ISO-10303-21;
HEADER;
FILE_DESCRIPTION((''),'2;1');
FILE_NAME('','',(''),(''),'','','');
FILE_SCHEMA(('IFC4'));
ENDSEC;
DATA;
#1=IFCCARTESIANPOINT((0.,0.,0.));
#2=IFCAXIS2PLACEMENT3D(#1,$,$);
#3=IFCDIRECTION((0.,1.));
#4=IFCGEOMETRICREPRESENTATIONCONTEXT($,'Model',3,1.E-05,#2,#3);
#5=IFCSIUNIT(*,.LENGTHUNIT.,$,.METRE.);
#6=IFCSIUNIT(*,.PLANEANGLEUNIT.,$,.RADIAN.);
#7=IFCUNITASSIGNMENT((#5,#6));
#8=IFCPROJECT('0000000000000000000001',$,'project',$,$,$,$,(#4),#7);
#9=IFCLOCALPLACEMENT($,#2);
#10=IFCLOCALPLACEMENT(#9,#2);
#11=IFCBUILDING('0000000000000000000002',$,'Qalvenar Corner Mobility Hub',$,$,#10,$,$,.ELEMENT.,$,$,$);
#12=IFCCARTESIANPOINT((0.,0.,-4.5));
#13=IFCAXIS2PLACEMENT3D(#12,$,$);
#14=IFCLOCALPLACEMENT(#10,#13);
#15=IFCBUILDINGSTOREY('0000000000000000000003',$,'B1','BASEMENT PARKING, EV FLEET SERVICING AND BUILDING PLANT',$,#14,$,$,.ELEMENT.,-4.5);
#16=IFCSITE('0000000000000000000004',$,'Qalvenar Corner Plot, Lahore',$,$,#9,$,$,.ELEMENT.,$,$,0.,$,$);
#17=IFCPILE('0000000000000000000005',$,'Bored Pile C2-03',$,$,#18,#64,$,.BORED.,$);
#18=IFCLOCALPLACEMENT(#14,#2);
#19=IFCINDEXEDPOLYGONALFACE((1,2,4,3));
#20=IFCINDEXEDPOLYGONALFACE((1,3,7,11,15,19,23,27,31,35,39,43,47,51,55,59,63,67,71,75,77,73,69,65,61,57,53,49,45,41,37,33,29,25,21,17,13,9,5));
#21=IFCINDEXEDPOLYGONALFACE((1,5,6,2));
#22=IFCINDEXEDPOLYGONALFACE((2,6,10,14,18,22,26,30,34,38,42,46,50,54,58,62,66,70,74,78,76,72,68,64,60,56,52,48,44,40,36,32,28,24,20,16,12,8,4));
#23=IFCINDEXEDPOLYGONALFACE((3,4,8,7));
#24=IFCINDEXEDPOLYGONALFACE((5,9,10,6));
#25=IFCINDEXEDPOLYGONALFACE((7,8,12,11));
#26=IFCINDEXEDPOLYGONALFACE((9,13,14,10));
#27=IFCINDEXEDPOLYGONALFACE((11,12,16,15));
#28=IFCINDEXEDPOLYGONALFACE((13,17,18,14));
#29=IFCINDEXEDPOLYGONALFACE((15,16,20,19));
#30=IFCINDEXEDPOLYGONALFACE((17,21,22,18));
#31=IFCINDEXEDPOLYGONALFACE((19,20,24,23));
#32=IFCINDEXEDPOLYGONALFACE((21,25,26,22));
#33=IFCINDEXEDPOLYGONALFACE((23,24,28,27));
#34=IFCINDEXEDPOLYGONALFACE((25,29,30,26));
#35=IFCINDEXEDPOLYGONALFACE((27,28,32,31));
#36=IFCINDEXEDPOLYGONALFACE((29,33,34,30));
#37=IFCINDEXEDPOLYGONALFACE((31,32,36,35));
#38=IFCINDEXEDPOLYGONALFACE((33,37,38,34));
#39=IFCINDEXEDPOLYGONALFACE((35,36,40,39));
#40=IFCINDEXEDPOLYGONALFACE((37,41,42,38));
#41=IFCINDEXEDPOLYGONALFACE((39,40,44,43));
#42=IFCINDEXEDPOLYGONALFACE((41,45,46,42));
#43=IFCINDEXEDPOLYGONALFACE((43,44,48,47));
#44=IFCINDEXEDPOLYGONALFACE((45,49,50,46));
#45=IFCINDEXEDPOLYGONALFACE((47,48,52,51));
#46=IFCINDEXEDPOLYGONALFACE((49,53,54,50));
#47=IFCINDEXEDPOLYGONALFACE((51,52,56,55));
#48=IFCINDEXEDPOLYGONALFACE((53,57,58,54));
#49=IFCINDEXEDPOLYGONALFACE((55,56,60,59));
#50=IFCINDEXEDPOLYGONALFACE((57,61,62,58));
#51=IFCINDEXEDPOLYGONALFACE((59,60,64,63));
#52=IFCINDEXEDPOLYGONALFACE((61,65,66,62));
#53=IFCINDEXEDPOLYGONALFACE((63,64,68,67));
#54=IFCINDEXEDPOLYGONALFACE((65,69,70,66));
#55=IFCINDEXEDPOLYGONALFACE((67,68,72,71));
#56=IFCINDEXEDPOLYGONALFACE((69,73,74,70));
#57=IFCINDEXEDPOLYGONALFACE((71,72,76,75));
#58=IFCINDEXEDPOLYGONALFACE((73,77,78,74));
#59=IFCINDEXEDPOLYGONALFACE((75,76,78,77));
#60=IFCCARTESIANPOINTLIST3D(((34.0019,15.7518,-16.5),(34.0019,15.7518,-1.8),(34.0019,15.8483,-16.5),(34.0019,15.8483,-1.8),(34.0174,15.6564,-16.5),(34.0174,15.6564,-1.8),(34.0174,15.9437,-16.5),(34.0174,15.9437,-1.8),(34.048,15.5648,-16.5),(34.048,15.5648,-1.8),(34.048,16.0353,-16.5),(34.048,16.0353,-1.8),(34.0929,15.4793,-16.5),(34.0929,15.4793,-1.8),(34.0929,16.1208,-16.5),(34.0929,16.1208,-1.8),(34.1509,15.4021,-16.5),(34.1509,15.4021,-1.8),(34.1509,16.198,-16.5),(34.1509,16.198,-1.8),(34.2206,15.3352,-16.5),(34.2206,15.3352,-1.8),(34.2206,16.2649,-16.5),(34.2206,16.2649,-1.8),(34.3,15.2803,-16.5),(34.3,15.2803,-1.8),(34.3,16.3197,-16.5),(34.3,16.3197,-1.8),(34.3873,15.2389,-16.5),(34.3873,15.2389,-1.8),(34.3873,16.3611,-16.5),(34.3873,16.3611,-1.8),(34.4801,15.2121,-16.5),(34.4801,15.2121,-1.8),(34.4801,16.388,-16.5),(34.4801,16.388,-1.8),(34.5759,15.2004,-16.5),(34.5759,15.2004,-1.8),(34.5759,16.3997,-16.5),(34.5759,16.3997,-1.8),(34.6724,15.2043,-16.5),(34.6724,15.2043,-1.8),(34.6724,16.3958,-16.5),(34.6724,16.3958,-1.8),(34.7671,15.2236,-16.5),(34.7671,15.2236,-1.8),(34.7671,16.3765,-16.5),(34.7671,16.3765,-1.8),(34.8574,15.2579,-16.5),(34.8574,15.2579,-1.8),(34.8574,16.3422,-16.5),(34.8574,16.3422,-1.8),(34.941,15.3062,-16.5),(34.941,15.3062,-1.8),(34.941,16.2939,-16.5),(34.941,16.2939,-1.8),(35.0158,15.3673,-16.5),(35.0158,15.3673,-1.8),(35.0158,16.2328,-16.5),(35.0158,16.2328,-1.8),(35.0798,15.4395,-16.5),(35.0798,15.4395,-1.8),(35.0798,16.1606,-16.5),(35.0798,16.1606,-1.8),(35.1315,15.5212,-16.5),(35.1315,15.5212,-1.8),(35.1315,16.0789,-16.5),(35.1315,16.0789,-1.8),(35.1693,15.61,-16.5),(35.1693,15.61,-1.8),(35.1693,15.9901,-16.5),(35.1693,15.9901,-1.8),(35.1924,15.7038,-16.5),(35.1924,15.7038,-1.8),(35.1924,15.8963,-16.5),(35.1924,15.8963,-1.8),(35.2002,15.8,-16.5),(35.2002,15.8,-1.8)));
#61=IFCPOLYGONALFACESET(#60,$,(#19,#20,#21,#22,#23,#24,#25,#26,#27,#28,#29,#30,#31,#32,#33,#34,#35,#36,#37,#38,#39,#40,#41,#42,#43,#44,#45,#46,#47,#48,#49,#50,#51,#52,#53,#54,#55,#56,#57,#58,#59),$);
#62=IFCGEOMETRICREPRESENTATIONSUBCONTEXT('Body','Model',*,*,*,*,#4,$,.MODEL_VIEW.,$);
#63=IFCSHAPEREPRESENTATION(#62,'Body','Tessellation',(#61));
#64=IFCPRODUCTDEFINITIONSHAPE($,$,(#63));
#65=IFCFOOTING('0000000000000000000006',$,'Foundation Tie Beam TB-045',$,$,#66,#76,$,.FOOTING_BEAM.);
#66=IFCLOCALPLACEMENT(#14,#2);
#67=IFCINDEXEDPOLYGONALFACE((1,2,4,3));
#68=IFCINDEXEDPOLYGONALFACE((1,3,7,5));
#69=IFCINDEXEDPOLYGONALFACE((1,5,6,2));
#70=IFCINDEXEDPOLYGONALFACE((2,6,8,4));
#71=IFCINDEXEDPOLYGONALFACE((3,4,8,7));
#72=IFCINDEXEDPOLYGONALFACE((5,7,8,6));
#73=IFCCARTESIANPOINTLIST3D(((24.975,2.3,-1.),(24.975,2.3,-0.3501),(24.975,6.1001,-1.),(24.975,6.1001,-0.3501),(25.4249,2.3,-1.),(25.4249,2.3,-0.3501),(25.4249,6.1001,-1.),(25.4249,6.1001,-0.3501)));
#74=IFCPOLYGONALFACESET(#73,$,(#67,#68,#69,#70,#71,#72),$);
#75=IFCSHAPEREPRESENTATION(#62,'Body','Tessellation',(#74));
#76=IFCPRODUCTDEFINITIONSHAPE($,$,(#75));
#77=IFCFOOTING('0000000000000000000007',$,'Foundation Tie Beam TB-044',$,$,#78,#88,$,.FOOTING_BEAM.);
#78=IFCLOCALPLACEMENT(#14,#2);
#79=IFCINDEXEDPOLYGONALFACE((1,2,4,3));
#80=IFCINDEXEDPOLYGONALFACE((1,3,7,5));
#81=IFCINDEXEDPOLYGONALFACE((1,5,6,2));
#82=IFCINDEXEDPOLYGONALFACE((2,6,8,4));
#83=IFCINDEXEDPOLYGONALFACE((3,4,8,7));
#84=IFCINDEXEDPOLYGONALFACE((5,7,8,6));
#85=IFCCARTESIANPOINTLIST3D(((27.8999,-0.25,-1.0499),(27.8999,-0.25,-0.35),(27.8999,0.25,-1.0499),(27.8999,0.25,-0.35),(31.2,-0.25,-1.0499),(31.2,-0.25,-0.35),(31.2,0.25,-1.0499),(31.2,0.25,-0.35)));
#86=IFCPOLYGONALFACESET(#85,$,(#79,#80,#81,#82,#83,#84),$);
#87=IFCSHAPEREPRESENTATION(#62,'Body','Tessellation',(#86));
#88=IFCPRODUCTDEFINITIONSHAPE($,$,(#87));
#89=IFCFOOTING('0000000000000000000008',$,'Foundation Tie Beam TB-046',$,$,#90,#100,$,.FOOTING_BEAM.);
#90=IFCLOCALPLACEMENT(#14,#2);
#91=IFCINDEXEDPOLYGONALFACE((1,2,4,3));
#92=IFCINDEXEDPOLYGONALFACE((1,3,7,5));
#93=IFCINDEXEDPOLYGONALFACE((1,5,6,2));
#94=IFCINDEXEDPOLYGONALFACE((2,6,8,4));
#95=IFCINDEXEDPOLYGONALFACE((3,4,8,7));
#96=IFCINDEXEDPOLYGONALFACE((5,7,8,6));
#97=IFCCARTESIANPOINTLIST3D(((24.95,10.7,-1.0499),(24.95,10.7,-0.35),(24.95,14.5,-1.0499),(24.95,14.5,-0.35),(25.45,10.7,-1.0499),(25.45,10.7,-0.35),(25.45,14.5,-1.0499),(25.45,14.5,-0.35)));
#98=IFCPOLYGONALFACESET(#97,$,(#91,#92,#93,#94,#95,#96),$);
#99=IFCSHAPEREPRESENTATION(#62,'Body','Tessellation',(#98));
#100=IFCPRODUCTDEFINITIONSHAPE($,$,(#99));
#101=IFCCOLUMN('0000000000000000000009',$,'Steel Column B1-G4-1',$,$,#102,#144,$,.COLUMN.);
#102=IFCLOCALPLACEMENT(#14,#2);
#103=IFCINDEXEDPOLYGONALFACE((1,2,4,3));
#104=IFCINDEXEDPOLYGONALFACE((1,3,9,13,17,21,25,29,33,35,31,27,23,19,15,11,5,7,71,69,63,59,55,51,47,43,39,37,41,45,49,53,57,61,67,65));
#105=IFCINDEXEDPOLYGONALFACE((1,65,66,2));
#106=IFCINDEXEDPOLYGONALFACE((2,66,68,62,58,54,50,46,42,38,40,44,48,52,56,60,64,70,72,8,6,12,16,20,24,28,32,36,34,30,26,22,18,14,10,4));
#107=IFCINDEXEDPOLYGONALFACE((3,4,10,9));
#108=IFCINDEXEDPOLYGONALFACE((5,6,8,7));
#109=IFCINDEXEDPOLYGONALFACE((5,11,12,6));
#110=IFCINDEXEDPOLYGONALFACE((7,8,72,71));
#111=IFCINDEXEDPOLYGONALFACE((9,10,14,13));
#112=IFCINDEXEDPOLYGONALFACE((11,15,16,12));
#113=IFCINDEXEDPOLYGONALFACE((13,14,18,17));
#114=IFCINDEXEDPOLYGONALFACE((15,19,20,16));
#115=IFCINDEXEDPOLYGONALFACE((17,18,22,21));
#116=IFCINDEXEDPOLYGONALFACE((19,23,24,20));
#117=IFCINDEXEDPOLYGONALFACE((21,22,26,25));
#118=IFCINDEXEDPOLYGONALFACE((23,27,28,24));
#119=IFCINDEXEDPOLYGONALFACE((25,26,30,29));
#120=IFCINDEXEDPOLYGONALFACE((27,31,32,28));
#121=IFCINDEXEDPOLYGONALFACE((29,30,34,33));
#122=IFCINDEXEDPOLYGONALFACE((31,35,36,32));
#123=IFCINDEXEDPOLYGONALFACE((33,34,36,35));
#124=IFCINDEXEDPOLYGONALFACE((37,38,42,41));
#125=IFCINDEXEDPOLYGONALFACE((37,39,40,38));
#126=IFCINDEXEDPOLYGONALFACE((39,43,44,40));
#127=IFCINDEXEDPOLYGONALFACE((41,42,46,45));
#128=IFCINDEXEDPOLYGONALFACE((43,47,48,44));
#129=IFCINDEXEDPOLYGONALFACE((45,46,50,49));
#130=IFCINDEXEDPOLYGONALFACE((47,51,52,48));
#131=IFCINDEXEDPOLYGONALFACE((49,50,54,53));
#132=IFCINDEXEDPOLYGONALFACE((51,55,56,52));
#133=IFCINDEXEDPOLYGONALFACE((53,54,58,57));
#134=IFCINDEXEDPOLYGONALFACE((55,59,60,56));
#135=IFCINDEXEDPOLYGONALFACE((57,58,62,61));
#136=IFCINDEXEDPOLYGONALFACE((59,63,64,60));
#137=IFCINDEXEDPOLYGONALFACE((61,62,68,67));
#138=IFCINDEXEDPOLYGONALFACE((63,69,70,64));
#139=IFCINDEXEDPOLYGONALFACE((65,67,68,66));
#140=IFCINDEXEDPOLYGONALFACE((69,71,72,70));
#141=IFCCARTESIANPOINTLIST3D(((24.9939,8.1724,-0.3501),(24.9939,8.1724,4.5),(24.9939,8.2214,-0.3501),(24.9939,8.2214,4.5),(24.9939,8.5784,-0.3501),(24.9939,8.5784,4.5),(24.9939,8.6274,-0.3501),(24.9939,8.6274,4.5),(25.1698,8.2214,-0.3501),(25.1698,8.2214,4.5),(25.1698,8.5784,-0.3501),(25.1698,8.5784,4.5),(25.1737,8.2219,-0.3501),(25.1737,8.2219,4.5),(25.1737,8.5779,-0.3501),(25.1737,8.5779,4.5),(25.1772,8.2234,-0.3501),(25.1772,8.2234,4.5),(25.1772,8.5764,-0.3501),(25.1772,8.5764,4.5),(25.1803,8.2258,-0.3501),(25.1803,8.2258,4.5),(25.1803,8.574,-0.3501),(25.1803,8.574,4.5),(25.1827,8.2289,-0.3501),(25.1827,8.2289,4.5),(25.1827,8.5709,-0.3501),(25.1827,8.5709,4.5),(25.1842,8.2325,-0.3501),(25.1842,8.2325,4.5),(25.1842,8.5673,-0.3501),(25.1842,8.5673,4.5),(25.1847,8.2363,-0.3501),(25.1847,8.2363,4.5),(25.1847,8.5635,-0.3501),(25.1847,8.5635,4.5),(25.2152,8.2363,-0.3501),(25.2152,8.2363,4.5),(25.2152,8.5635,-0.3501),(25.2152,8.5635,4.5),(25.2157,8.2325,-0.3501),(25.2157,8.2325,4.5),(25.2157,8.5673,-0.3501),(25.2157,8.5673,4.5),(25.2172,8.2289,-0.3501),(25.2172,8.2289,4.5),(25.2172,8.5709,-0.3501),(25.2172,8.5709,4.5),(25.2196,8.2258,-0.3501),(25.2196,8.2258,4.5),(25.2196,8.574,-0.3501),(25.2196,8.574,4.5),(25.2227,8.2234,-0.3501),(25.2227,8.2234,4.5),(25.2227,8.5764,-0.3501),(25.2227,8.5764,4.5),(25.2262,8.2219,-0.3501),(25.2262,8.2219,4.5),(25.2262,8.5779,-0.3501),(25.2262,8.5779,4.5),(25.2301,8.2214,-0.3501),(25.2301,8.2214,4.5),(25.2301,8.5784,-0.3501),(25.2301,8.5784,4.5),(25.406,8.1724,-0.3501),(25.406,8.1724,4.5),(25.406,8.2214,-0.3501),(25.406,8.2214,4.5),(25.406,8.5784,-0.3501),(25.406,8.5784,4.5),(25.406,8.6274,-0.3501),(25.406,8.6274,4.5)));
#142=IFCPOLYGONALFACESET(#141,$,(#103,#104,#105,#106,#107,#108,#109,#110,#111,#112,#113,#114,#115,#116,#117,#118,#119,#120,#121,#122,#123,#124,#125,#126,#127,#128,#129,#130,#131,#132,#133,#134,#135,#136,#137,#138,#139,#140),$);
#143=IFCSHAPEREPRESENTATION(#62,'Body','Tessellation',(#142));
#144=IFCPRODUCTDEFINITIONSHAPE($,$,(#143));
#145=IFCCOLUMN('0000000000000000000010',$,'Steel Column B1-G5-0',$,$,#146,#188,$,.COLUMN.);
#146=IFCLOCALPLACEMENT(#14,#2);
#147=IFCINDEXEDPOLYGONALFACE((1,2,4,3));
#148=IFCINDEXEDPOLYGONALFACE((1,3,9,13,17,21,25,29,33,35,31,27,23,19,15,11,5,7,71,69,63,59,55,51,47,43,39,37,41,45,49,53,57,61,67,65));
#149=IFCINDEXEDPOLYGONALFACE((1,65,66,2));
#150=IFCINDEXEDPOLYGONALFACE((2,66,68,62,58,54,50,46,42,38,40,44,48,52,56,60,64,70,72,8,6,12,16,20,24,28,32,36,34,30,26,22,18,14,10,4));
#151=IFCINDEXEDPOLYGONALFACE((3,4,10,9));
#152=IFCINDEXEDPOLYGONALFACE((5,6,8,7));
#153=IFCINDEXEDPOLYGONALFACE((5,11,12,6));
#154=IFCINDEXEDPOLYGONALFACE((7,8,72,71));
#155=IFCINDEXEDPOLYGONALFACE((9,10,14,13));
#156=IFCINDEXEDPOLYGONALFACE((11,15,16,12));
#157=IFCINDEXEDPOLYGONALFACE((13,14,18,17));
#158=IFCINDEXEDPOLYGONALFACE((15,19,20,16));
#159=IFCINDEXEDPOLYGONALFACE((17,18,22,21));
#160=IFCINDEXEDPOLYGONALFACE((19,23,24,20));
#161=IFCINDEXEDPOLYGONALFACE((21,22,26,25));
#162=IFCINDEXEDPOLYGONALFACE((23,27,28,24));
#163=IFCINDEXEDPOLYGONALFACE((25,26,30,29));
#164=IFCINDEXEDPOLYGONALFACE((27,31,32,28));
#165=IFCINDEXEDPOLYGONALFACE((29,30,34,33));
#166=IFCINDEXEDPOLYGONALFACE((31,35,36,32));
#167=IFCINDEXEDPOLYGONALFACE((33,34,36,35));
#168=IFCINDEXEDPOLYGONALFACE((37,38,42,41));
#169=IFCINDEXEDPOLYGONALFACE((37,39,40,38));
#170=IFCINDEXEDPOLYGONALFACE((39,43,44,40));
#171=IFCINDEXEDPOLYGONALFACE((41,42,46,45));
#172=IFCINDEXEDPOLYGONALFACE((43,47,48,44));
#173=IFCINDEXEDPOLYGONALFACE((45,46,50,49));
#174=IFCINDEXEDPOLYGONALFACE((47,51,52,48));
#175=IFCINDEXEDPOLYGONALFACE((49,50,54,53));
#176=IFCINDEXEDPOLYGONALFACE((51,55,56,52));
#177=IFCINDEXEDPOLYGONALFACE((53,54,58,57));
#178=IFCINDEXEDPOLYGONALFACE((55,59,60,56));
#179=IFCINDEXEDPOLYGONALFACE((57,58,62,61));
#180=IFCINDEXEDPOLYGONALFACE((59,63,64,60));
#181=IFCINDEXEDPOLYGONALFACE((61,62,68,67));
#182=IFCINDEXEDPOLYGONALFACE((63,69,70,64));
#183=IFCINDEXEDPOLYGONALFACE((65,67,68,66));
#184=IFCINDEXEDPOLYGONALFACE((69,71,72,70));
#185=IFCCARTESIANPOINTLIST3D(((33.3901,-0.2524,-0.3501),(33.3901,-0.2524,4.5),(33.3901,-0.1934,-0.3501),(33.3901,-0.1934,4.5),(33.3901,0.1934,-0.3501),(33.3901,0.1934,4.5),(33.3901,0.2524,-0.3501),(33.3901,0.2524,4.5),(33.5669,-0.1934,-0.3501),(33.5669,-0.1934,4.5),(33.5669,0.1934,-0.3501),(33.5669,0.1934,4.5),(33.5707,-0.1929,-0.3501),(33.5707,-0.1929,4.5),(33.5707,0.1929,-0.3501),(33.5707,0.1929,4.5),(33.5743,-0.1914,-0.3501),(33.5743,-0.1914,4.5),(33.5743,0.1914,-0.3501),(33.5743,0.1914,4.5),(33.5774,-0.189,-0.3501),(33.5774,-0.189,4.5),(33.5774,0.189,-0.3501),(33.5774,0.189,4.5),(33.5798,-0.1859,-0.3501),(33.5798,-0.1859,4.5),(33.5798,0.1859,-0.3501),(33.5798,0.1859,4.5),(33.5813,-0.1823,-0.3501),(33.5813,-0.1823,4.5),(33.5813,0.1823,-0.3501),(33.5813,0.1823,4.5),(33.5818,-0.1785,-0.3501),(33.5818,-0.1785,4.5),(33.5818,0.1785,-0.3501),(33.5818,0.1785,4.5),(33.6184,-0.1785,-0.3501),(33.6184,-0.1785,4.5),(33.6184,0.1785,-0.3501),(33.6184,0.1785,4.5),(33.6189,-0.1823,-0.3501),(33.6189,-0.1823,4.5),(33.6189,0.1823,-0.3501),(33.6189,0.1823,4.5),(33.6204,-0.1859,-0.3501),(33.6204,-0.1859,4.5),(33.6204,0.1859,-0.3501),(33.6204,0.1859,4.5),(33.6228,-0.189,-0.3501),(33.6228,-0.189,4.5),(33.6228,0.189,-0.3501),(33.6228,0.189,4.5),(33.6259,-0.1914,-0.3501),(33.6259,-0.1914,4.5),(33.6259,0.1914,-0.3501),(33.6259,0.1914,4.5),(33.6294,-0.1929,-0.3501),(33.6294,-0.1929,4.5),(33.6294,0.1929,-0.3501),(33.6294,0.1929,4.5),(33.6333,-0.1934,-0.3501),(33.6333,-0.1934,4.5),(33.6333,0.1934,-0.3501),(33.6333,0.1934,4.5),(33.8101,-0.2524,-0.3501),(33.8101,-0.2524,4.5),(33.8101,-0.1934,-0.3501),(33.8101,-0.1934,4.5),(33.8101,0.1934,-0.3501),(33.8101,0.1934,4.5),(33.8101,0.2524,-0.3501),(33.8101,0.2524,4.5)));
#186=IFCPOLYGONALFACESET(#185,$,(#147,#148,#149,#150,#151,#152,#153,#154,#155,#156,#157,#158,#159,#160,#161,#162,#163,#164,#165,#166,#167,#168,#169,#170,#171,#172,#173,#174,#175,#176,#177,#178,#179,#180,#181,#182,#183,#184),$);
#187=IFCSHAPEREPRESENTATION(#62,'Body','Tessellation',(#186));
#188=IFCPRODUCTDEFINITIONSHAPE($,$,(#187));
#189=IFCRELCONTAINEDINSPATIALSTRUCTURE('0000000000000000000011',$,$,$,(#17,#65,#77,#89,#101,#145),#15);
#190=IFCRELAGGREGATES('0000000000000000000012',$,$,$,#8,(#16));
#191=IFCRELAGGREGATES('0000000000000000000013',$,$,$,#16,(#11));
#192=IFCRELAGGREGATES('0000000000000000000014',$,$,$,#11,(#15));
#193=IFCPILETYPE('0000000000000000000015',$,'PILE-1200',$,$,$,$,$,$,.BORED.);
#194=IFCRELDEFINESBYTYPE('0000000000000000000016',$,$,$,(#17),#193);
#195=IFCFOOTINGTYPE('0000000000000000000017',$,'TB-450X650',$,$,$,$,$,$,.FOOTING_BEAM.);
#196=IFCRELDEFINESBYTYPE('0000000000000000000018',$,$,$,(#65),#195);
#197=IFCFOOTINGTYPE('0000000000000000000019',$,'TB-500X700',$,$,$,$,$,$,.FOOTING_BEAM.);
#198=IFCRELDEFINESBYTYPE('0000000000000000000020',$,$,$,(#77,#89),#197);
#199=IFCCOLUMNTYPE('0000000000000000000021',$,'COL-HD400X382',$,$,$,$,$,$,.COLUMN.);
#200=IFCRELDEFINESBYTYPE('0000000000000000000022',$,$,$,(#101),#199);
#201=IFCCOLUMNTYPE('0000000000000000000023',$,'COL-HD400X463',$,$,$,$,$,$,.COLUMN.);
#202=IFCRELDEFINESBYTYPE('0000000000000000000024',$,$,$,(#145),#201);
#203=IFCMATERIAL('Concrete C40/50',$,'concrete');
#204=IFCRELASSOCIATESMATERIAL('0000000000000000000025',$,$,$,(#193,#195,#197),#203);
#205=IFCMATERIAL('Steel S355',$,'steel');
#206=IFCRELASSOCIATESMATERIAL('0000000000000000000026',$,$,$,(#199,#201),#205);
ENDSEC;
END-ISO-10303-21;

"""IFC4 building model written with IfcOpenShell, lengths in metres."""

from ifc_helpers import new_model, si_unit, direction, frame, origin, origin_2d, place, context, subcontext, project, spatial, rectangle, circle, i_section, extrude, material, material_profile, profile_set, type_object, element, save


model = new_model("IFC4")

# Units and contexts
model_context = context("Model", 3, precision=1e-05, world=origin(), true_north=direction((0.0, 1.0)))
body_context = subcontext(model_context, "Body", "Model", "MODEL_VIEW")
ifc_project = project(units=[si_unit("LENGTHUNIT", "METRE"), si_unit("PLANEANGLEUNIT", "RADIAN")], contexts=[model_context])

# Site, building, storey
site_placement = place(None, origin())
site = spatial("IfcSite", under=ifc_project, at=site_placement, Name="Qalvenar Corner Plot, Lahore", CompositionType="ELEMENT", RefElevation=0.0)
building_placement = place(site_placement, origin())
building = spatial("IfcBuilding", under=site, at=building_placement, Name="Qalvenar Corner Mobility Hub", CompositionType="ELEMENT")
storey_placement = place(building_placement, frame((0.0, 0.0, -4.5)))
storey = spatial("IfcBuildingStorey", under=building, at=storey_placement, Name="B1", Description="BASEMENT PARKING, EV FLEET SERVICING AND BUILDING PLANT", CompositionType="ELEMENT", Elevation=-4.5)

# Shared definitions
ifc_material_1 = material(Name="Concrete C40/50", Category="concrete")

# Pile
ifc_material_profile_1 = material_profile(ifc_material_1, circle(Radius=0.6001, at=origin_2d()), Name="DIA1200")
ifc_profile_set_1 = profile_set([ifc_material_profile_1], Name="Concrete C40/50")
pile_type_1 = type_object("IfcPileType", Name="PILE-1200", PredefinedType="BORED", material=ifc_profile_set_1)
for number, where, z_axis, x_axis, name in (
    (1, (34.6001, 15.8, -1.8), (0.0, 0.0, -1.0), (1.0, 0.0, 0.0), "Bored Pile C2-03"),
):
    element("IfcPile", number, at=place(storey_placement, frame(where, z_axis=z_axis, x_axis=x_axis)), inside=storey, type_object=pile_type_1, Name=name, PredefinedType="BORED", context=body_context, shape_type="SweptSolid", body=[
        extrude(circle(Radius=0.6001, at=origin_2d()), origin(), (0.0, 0.0, 1.0), 14.7),
    ])

# Footings
ifc_material_profile_2 = material_profile(ifc_material_1, rectangle(XDim=0.45, YDim=0.6499, at=origin_2d()), Name="RC450x650")
ifc_profile_set_2 = profile_set([ifc_material_profile_2], Name="Concrete C40/50")
footing_type_1 = type_object("IfcFootingType", Name="TB-450X650", PredefinedType="FOOTING_BEAM", material=ifc_profile_set_2)
footing_1_placement = place(storey_placement, frame((25.2, 2.3, -0.675), z_axis=(0.0, 1.0, 0.0), x_axis=(-1.0, 0.0, 0.0)))
element("IfcFooting", 2, at=footing_1_placement, inside=storey, type_object=footing_type_1, Name="Foundation Tie Beam TB-045", PredefinedType="FOOTING_BEAM", context=body_context, shape_type="SweptSolid", body=[
    extrude(rectangle(XDim=0.45, YDim=0.6499, at=origin_2d()), origin(), (0.0, 0.0, 1.0), 3.8),
])
ifc_material_profile_3 = material_profile(ifc_material_1, rectangle(XDim=0.5, YDim=0.7, at=origin_2d()), Name="RC500x700")
ifc_profile_set_3 = profile_set([ifc_material_profile_3], Name="Concrete C40/50")
footing_type_2 = type_object("IfcFootingType", Name="TB-500X700", PredefinedType="FOOTING_BEAM", material=ifc_profile_set_3)
footing_2_placement = place(storey_placement, frame((27.8999, 0.0, -0.7), z_axis=(1.0, 0.0, 0.0), x_axis=(0.0, 1.0, 0.0)))
element("IfcFooting", 3, at=footing_2_placement, inside=storey, type_object=footing_type_2, Name="Foundation Tie Beam TB-044", PredefinedType="FOOTING_BEAM", context=body_context, shape_type="SweptSolid", body=[
    extrude(rectangle(XDim=0.5, YDim=0.7, at=origin_2d()), origin(), (0.0, 0.0, 1.0), 3.3),
])
footing_3_placement = place(storey_placement, frame((25.2, 10.7, -0.7), z_axis=(0.0, 1.0, 0.0), x_axis=(-1.0, 0.0, 0.0)))
element("IfcFooting", 4, at=footing_3_placement, inside=storey, type_object=footing_type_2, Name="Foundation Tie Beam TB-046", PredefinedType="FOOTING_BEAM", context=body_context, shape_type="SweptSolid", body=[
    extrude(rectangle(XDim=0.5, YDim=0.7, at=origin_2d()), origin(), (0.0, 0.0, 1.0), 3.8),
])

# Columns
ifc_material_2 = material(Name="Steel S355", Category="steel")
ifc_material_profile_4 = material_profile(ifc_material_2, i_section(OverallWidth=0.4121, OverallDepth=0.4551, WebThickness=0.0305, FlangeThickness=0.0491, FilletRadius=0.0149, at=origin_2d()), Name="HD400x421")
ifc_profile_set_4 = profile_set([ifc_material_profile_4], Name="Steel S355")
column_type_1 = type_object("IfcColumnType", Name="COL-HD400X382", PredefinedType="COLUMN", material=ifc_profile_set_4)
column_1_placement = place(storey_placement, frame((25.2, 8.3999, -0.3501), z_axis=(0.0, 0.0, 1.0), x_axis=(1.0, 0.0, 0.0)))
element("IfcColumn", 5, at=column_1_placement, inside=storey, type_object=column_type_1, Name="Steel Column B1-G4-1", PredefinedType="COLUMN", context=body_context, shape_type="SweptSolid", body=[
    extrude(i_section(OverallWidth=0.4121, OverallDepth=0.4551, WebThickness=0.0305, FlangeThickness=0.0491, FilletRadius=0.0149, at=origin_2d()), origin(), (0.0, 0.0, 1.0), 4.8501),
])
ifc_material_profile_5 = material_profile(ifc_material_2, i_section(OverallWidth=0.4199, OverallDepth=0.5049, WebThickness=0.0366, FlangeThickness=0.0591, FilletRadius=0.0149, at=origin_2d()), Name="HD400x551")
ifc_profile_set_5 = profile_set([ifc_material_profile_5], Name="Steel S355")
column_type_2 = type_object("IfcColumnType", Name="COL-HD400X463", PredefinedType="COLUMN", material=ifc_profile_set_5)
column_2_placement = place(storey_placement, frame((33.6001, 0.0, -0.3501), z_axis=(0.0, 0.0, 1.0), x_axis=(1.0, 0.0, 0.0)))
element("IfcColumn", 6, at=column_2_placement, inside=storey, type_object=column_type_2, Name="Steel Column B1-G5-0", PredefinedType="COLUMN", context=body_context, shape_type="SweptSolid", body=[
    extrude(i_section(OverallWidth=0.4199, OverallDepth=0.5049, WebThickness=0.0366, FlangeThickness=0.0591, FilletRadius=0.0149, at=origin_2d()), origin(), (0.0, 0.0, 1.0), 4.8501),
])

save(model, "model.ifc")
